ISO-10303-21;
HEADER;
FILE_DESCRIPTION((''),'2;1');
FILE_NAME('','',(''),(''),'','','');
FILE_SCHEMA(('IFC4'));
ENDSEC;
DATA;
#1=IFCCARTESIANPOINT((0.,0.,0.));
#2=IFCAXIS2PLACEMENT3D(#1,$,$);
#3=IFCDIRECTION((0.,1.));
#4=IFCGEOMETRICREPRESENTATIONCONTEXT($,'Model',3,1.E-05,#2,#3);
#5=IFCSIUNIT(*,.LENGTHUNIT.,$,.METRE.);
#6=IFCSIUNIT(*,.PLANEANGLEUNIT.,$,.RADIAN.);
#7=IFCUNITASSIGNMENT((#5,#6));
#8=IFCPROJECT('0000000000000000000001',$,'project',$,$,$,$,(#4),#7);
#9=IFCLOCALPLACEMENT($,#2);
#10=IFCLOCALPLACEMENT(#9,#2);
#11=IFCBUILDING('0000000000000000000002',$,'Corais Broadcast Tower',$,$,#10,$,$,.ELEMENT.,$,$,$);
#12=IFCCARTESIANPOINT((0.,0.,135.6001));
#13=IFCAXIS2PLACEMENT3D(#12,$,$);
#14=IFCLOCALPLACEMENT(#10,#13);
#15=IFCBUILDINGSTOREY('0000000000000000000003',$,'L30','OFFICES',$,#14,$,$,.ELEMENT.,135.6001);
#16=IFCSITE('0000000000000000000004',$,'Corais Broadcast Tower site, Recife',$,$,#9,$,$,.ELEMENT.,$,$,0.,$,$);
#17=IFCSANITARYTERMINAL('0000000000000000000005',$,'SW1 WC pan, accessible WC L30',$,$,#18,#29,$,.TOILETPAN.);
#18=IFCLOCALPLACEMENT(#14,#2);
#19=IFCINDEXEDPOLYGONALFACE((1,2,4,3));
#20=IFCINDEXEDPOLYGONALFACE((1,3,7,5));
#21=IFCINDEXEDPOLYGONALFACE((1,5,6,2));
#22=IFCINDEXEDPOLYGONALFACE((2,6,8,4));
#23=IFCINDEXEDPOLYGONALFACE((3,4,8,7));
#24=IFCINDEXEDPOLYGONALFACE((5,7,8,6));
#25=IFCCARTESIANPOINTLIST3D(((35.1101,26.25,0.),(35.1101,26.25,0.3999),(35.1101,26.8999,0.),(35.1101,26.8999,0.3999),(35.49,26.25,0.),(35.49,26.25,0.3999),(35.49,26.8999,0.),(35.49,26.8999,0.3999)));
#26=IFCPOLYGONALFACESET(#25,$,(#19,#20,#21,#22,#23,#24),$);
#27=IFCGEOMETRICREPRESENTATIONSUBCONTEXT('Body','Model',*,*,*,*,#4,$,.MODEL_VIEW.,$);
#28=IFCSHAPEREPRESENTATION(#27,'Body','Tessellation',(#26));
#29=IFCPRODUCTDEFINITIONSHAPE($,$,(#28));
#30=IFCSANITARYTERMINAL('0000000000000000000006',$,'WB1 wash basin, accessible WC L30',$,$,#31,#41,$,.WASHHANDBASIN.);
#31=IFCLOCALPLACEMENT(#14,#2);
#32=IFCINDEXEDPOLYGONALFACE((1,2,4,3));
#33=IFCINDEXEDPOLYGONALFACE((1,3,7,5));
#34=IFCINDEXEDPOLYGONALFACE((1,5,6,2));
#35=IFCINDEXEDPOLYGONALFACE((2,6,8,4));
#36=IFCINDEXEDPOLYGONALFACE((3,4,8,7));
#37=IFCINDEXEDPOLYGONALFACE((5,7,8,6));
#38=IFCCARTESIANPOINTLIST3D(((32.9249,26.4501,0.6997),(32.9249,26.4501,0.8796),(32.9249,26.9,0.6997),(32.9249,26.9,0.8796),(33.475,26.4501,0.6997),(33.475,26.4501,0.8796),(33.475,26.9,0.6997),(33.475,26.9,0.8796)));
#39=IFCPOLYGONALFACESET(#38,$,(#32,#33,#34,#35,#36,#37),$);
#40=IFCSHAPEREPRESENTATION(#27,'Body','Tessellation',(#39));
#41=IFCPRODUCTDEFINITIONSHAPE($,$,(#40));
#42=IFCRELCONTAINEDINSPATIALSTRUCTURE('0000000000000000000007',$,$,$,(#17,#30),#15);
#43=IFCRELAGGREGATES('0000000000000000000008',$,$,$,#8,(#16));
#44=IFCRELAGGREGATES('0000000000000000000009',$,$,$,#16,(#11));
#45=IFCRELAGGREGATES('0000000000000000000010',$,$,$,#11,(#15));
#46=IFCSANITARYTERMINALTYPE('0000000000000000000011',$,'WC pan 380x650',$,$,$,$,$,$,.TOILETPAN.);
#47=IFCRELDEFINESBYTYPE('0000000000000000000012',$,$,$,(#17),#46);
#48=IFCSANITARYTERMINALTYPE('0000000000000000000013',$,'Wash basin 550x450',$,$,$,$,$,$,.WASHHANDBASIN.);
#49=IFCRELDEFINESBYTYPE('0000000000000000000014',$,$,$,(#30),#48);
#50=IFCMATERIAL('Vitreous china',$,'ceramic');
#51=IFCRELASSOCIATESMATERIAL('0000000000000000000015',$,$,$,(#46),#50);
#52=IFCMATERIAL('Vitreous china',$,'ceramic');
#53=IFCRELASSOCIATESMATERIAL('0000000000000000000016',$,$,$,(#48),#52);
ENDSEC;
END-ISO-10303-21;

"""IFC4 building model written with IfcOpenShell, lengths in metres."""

from ifc_helpers import new_model, si_unit, direction, frame, origin, origin_2d, place, context, subcontext, project, spatial, rectangle, extrude, material, type_object, element, save


model = new_model("IFC4")

# Units and contexts
model_context = context("Model", 3, precision=1e-05, world=origin(), true_north=direction((0.0, 1.0)))
body_context = subcontext(model_context, "Body", "Model", "MODEL_VIEW")
ifc_project = project(units=[si_unit("LENGTHUNIT", "METRE"), si_unit("PLANEANGLEUNIT", "RADIAN")], contexts=[model_context])

# Site, building, storey
site_placement = place(None, origin())
site = spatial("IfcSite", under=ifc_project, at=site_placement, Name="Corais Broadcast Tower site, Recife", CompositionType="ELEMENT", RefElevation=0.0)
building_placement = place(site_placement, origin())
building = spatial("IfcBuilding", under=site, at=building_placement, Name="Corais Broadcast Tower", CompositionType="ELEMENT")
storey_placement = place(building_placement, frame((0.0, 0.0, 135.6001)))
storey = spatial("IfcBuildingStorey", under=building, at=storey_placement, Name="L30", Description="OFFICES", CompositionType="ELEMENT", Elevation=135.6001)

# Sanitary terminals
ifc_material_1 = material(Name="Vitreous china", Category="ceramic")
sanitary_terminal_type_1 = type_object("IfcSanitaryTerminalType", Name="WC pan 380x650", PredefinedType="TOILETPAN", material=ifc_material_1)
for number, where, z_axis, x_axis, name in (
    (1, (35.3, 26.575, 0.0), (0.0, 0.0, 1.0), (1.0, 0.0, 0.0), "SW1 WC pan, accessible WC L30"),
):
    element("IfcSanitaryTerminal", number, at=place(storey_placement, frame(where, z_axis=z_axis, x_axis=x_axis)), inside=storey, type_object=sanitary_terminal_type_1, Name=name, PredefinedType="TOILETPAN", context=body_context, shape_type="SweptSolid", body=[
        extrude(rectangle(XDim=0.3799, YDim=0.6499, at=origin_2d()), origin(), (0.0, 0.0, 1.0), 0.3999),
    ])
ifc_material_2 = material(Name="Vitreous china", Category="ceramic")
sanitary_terminal_type_2 = type_object("IfcSanitaryTerminalType", Name="Wash basin 550x450", PredefinedType="WASHHANDBASIN", material=ifc_material_2)
sanitary_terminal_placement = place(storey_placement, frame((33.2, 26.675, 0.6997), z_axis=(0.0, 0.0, 1.0), x_axis=(1.0, 0.0, 0.0)))
element("IfcSanitaryTerminal", 2, at=sanitary_terminal_placement, inside=storey, type_object=sanitary_terminal_type_2, Name="WB1 wash basin, accessible WC L30", PredefinedType="WASHHANDBASIN", context=body_context, shape_type="SweptSolid", body=[
    extrude(rectangle(XDim=0.55, YDim=0.45, at=origin_2d()), origin(), (0.0, 0.0, 1.0), 0.1799),
])

save(model, "model.ifc")
